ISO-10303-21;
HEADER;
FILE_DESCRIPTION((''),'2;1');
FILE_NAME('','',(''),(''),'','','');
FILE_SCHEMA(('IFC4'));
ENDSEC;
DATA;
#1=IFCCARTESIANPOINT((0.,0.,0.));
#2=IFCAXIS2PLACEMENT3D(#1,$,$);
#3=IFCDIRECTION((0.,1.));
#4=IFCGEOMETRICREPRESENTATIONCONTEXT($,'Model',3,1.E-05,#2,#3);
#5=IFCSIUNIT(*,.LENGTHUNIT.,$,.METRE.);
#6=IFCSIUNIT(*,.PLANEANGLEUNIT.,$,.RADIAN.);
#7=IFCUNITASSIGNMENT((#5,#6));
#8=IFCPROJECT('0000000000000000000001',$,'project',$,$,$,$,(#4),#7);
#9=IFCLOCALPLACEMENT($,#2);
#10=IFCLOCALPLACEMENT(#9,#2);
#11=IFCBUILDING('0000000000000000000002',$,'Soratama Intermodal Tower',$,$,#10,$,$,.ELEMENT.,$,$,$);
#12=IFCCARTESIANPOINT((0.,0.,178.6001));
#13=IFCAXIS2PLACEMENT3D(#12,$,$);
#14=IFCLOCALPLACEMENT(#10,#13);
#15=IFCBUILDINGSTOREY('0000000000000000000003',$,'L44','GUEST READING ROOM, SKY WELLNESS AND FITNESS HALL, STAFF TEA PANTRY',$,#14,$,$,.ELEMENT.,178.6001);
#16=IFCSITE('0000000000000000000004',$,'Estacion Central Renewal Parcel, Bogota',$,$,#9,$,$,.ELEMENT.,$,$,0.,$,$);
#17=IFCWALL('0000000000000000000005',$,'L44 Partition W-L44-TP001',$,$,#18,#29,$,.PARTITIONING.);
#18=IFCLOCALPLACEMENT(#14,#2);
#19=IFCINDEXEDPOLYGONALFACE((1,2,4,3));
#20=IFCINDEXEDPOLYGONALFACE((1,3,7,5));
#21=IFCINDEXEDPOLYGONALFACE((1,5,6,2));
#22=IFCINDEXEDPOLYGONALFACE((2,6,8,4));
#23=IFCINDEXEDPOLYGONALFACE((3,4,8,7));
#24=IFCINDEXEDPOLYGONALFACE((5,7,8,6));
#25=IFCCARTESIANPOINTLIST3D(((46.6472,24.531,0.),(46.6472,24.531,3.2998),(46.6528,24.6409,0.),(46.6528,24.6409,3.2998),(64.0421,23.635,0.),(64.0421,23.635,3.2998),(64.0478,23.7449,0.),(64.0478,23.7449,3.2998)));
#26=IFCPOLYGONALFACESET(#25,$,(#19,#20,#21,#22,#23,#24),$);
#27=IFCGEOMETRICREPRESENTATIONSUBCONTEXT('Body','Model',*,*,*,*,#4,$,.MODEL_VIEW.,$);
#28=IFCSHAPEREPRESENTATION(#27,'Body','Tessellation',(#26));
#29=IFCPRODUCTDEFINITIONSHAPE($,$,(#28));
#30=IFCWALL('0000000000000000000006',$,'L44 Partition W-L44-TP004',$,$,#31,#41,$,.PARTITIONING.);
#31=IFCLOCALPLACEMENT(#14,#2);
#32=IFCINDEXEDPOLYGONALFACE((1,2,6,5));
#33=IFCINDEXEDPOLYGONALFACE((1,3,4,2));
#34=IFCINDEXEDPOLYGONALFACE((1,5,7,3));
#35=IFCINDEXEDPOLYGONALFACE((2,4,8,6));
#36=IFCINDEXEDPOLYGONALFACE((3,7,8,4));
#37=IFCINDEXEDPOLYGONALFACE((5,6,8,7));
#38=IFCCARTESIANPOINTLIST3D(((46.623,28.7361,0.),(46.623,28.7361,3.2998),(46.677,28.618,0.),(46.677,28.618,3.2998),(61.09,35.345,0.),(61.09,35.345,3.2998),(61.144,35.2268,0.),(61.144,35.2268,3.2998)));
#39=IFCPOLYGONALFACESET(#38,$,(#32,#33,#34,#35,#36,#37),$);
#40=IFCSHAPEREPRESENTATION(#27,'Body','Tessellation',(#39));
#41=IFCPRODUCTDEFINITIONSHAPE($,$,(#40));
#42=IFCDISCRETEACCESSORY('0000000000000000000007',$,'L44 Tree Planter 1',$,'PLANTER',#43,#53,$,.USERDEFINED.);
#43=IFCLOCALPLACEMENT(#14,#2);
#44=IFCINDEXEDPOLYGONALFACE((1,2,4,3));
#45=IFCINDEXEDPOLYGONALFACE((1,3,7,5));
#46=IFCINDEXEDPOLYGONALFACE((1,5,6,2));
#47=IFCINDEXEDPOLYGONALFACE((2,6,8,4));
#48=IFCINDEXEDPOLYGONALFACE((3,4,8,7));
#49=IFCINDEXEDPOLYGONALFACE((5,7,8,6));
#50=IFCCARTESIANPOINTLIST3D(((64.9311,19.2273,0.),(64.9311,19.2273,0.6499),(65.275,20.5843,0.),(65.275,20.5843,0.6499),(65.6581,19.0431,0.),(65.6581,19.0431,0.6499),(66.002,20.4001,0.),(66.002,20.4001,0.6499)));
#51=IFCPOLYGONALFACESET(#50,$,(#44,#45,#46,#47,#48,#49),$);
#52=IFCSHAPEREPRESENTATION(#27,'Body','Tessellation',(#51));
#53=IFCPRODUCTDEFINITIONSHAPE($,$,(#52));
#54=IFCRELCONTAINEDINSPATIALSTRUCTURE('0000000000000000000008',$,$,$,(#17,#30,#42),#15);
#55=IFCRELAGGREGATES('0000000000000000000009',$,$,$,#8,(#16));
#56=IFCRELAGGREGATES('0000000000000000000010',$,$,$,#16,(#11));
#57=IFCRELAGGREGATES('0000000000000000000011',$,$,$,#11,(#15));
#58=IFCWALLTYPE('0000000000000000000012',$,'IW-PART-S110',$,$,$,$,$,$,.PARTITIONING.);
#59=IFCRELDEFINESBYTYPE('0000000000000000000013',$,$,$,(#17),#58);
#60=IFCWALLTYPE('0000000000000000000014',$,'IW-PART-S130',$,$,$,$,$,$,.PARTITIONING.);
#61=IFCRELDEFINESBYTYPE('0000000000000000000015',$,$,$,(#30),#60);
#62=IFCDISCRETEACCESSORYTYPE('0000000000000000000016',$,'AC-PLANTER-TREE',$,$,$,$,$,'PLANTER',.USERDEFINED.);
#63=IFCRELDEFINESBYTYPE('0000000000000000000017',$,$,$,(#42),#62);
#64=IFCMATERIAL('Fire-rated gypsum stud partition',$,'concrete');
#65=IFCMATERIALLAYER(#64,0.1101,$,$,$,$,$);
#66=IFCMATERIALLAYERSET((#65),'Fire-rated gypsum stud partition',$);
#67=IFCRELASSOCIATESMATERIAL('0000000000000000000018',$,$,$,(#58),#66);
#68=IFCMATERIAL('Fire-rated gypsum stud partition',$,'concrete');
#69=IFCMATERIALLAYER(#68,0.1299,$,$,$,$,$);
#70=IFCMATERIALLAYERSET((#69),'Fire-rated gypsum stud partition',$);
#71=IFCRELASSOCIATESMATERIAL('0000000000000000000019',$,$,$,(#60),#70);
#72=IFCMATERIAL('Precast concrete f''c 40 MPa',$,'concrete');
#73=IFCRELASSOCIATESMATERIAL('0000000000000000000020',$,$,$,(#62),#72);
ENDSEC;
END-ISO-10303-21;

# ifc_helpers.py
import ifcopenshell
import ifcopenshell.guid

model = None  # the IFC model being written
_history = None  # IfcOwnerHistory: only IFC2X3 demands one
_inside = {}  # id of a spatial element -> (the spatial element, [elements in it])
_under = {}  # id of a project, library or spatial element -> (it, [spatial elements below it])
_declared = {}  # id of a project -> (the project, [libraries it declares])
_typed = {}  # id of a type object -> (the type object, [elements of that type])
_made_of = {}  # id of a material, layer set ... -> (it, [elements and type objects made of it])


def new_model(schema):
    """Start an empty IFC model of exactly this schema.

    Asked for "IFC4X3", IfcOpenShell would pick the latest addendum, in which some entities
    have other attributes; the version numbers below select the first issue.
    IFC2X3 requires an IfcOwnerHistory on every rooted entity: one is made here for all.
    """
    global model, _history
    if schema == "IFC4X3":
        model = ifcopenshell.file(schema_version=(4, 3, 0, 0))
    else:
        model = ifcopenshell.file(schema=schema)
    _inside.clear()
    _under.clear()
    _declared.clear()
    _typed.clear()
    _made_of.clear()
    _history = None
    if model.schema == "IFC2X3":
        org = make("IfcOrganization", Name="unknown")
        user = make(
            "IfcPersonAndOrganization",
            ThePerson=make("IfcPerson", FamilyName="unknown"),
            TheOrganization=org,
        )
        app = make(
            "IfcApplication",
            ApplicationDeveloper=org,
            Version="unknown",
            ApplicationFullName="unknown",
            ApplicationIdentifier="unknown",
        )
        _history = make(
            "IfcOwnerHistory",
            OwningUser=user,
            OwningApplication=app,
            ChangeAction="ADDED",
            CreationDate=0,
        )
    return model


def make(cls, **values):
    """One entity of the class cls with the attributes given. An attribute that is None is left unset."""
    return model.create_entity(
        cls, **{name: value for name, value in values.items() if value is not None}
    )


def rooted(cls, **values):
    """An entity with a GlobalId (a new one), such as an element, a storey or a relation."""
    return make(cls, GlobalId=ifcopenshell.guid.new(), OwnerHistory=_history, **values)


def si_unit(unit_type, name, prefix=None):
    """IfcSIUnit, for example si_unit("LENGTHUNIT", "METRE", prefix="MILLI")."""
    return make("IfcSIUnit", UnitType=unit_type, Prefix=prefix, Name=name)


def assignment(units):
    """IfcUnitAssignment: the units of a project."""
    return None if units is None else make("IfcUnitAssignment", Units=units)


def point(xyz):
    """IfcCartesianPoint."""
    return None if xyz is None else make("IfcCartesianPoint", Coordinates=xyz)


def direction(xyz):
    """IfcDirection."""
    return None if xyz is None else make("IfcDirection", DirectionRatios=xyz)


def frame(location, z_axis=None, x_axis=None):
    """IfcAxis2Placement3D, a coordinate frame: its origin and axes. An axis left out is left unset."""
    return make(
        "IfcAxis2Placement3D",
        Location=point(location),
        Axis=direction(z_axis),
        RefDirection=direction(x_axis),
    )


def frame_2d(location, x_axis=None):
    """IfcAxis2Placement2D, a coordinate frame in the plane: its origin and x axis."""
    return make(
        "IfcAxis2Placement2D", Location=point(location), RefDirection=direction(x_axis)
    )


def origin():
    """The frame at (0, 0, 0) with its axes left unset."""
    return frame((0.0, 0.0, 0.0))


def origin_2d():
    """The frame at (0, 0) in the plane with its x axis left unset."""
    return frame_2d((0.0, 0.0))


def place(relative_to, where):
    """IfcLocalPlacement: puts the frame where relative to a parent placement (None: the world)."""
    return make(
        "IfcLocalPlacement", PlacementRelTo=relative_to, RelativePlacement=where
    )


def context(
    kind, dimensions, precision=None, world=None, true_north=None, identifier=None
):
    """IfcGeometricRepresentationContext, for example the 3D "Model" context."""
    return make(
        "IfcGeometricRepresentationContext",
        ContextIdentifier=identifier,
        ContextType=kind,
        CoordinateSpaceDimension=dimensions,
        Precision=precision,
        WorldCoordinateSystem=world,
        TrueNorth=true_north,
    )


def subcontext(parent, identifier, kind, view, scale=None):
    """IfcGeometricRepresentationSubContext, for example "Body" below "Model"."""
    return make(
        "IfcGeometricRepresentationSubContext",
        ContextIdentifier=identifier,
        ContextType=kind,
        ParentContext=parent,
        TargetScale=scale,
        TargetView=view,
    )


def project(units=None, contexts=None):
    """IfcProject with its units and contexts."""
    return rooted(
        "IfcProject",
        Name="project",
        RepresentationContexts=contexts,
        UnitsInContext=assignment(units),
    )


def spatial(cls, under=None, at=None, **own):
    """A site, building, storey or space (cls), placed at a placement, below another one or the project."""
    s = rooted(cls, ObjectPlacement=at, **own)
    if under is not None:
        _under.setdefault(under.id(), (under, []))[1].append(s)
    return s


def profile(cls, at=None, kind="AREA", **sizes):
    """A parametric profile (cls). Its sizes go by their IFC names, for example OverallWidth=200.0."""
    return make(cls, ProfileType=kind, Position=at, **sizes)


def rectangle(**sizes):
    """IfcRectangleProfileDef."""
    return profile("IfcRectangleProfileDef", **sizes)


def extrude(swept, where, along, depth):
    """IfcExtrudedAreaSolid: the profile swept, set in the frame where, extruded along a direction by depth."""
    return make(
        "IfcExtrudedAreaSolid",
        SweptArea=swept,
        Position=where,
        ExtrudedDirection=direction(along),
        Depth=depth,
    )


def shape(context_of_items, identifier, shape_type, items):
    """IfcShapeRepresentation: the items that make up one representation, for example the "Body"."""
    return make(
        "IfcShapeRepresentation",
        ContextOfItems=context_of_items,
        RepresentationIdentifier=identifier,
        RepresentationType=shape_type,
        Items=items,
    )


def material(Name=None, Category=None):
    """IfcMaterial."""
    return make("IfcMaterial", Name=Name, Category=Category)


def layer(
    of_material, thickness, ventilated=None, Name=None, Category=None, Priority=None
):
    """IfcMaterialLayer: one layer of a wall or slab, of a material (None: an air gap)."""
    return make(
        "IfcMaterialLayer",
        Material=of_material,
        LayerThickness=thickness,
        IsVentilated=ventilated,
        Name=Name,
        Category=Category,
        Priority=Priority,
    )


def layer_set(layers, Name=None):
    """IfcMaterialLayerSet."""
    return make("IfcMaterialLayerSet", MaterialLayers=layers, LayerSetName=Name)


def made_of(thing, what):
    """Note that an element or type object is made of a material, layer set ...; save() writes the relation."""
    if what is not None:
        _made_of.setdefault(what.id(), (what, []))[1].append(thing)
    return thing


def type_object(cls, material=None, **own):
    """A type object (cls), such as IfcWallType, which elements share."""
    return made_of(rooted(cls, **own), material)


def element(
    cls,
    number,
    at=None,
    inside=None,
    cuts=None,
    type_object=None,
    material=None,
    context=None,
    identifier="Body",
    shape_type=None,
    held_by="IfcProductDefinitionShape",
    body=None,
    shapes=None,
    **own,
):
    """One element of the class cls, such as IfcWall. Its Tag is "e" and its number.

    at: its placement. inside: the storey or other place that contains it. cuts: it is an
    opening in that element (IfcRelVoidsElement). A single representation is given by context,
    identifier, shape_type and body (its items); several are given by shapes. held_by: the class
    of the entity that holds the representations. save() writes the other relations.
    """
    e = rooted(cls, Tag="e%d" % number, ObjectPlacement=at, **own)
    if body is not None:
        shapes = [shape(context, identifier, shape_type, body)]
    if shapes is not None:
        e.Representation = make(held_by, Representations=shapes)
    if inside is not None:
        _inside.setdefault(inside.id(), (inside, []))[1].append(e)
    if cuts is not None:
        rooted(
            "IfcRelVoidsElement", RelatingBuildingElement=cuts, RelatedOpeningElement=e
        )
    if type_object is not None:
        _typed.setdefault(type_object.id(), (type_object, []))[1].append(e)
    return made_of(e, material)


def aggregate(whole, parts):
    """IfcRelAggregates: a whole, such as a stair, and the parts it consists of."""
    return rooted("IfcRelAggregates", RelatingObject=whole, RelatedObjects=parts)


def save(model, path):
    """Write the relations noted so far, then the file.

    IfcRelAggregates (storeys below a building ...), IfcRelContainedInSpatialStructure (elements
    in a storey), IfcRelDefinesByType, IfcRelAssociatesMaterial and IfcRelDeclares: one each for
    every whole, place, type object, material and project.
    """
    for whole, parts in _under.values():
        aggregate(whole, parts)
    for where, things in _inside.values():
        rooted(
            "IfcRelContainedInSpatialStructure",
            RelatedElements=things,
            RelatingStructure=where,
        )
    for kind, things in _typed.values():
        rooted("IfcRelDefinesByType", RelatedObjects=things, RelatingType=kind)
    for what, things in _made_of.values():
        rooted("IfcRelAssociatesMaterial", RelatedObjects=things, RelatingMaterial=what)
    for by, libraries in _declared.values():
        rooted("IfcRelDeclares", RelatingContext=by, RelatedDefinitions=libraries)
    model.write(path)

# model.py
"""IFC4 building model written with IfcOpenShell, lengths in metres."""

from ifc_helpers import new_model, si_unit, direction, frame, frame_2d, origin, origin_2d, place, context, subcontext, project, spatial, rectangle, extrude, material, layer, layer_set, type_object, element, save


model = new_model("IFC4")

# Units and contexts
model_context = context("Model", 3, precision=1e-05, world=origin(), true_north=direction((0.0, 1.0)))
body_context = subcontext(model_context, "Body", "Model", "MODEL_VIEW")
ifc_project = project(units=[si_unit("LENGTHUNIT", "METRE"), si_unit("PLANEANGLEUNIT", "RADIAN")], contexts=[model_context])

# Site, building, storey
site_placement = place(None, origin())
site = spatial("IfcSite", under=ifc_project, at=site_placement, Name="Estacion Central Renewal Parcel, Bogota", CompositionType="ELEMENT", RefElevation=0.0)
building_placement = place(site_placement, origin())
building = spatial("IfcBuilding", under=site, at=building_placement, Name="Soratama Intermodal Tower", CompositionType="ELEMENT")
storey_placement = place(building_placement, frame((0.0, 0.0, 178.6001)))
storey = spatial("IfcBuildingStorey", under=building, at=storey_placement, Name="L44", Description="GUEST READING ROOM, SKY WELLNESS AND FITNESS HALL, STAFF TEA PANTRY", CompositionType="ELEMENT", Elevation=178.6001)

# Walls
ifc_material_1 = material(Name="Fire-rated gypsum stud partition", Category="concrete")
ifc_layer_1 = layer(ifc_material_1, 0.1101)
ifc_layer_set_1 = layer_set([ifc_layer_1], Name="Fire-rated gypsum stud partition")
wall_type_1 = type_object("IfcWallType", Name="IW-PART-S110", PredefinedType="PARTITIONING", material=ifc_layer_set_1)
wall_1_placement = place(storey_placement, frame((64.0449, 23.6899, 0.0), z_axis=(0.0, 0.0, 1.0), x_axis=(-0.998676, 0.051441, 0.0)))
element("IfcWall", 1, at=wall_1_placement, inside=storey, type_object=wall_type_1, Name="L44 Partition W-L44-TP001", PredefinedType="PARTITIONING", context=body_context, shape_type="SweptSolid", body=[
    extrude(rectangle(XDim=17.418, YDim=0.1101, at=frame_2d((8.709, 0.0))), origin(), (0.0, 0.0, 1.0), 3.2998),
])
ifc_material_2 = material(Name="Fire-rated gypsum stud partition", Category="concrete")
ifc_layer_2 = layer(ifc_material_2, 0.1299)
ifc_layer_set_2 = layer_set([ifc_layer_2], Name="Fire-rated gypsum stud partition")
wall_type_2 = type_object("IfcWallType", Name="IW-PART-S130", PredefinedType="PARTITIONING", material=ifc_layer_set_2)
wall_2_placement = place(storey_placement, frame((46.6499, 28.677, 0.0), z_axis=(0.0, 0.0, 1.0), x_axis=(0.909584, 0.41552, 0.0)))
element("IfcWall", 2, at=wall_2_placement, inside=storey, type_object=wall_type_2, Name="L44 Partition W-L44-TP004", PredefinedType="PARTITIONING", context=body_context, shape_type="SweptSolid", body=[
    extrude(rectangle(XDim=15.905, YDim=0.1299, at=frame_2d((7.9526, 0.0))), origin(), (0.0, 0.0, 1.0), 3.2998),
])

# Discrete accessory
ifc_material_3 = material(Name="Precast concrete f'c 40 MPa", Category="concrete")
discrete_accessory_type = type_object("IfcDiscreteAccessoryType", Name="AC-PLANTER-TREE", ElementType="PLANTER", PredefinedType="USERDEFINED", material=ifc_material_3)
discrete_accessory_placement = place(storey_placement, frame((65.4666, 19.8137, 0.0), z_axis=(0.0, 0.0, 1.0), x_axis=(0.96936, -0.245646, 0.0)))
element("IfcDiscreteAccessory", 3, at=discrete_accessory_placement, inside=storey, type_object=discrete_accessory_type, Name="L44 Tree Planter 1", ObjectType="PLANTER", PredefinedType="USERDEFINED", context=body_context, shape_type="SweptSolid", body=[
    extrude(rectangle(XDim=0.75, YDim=1.3999, at=origin_2d()), origin(), (0.0, 0.0, 1.0), 0.6499),
])

save(model, "model.ifc")
